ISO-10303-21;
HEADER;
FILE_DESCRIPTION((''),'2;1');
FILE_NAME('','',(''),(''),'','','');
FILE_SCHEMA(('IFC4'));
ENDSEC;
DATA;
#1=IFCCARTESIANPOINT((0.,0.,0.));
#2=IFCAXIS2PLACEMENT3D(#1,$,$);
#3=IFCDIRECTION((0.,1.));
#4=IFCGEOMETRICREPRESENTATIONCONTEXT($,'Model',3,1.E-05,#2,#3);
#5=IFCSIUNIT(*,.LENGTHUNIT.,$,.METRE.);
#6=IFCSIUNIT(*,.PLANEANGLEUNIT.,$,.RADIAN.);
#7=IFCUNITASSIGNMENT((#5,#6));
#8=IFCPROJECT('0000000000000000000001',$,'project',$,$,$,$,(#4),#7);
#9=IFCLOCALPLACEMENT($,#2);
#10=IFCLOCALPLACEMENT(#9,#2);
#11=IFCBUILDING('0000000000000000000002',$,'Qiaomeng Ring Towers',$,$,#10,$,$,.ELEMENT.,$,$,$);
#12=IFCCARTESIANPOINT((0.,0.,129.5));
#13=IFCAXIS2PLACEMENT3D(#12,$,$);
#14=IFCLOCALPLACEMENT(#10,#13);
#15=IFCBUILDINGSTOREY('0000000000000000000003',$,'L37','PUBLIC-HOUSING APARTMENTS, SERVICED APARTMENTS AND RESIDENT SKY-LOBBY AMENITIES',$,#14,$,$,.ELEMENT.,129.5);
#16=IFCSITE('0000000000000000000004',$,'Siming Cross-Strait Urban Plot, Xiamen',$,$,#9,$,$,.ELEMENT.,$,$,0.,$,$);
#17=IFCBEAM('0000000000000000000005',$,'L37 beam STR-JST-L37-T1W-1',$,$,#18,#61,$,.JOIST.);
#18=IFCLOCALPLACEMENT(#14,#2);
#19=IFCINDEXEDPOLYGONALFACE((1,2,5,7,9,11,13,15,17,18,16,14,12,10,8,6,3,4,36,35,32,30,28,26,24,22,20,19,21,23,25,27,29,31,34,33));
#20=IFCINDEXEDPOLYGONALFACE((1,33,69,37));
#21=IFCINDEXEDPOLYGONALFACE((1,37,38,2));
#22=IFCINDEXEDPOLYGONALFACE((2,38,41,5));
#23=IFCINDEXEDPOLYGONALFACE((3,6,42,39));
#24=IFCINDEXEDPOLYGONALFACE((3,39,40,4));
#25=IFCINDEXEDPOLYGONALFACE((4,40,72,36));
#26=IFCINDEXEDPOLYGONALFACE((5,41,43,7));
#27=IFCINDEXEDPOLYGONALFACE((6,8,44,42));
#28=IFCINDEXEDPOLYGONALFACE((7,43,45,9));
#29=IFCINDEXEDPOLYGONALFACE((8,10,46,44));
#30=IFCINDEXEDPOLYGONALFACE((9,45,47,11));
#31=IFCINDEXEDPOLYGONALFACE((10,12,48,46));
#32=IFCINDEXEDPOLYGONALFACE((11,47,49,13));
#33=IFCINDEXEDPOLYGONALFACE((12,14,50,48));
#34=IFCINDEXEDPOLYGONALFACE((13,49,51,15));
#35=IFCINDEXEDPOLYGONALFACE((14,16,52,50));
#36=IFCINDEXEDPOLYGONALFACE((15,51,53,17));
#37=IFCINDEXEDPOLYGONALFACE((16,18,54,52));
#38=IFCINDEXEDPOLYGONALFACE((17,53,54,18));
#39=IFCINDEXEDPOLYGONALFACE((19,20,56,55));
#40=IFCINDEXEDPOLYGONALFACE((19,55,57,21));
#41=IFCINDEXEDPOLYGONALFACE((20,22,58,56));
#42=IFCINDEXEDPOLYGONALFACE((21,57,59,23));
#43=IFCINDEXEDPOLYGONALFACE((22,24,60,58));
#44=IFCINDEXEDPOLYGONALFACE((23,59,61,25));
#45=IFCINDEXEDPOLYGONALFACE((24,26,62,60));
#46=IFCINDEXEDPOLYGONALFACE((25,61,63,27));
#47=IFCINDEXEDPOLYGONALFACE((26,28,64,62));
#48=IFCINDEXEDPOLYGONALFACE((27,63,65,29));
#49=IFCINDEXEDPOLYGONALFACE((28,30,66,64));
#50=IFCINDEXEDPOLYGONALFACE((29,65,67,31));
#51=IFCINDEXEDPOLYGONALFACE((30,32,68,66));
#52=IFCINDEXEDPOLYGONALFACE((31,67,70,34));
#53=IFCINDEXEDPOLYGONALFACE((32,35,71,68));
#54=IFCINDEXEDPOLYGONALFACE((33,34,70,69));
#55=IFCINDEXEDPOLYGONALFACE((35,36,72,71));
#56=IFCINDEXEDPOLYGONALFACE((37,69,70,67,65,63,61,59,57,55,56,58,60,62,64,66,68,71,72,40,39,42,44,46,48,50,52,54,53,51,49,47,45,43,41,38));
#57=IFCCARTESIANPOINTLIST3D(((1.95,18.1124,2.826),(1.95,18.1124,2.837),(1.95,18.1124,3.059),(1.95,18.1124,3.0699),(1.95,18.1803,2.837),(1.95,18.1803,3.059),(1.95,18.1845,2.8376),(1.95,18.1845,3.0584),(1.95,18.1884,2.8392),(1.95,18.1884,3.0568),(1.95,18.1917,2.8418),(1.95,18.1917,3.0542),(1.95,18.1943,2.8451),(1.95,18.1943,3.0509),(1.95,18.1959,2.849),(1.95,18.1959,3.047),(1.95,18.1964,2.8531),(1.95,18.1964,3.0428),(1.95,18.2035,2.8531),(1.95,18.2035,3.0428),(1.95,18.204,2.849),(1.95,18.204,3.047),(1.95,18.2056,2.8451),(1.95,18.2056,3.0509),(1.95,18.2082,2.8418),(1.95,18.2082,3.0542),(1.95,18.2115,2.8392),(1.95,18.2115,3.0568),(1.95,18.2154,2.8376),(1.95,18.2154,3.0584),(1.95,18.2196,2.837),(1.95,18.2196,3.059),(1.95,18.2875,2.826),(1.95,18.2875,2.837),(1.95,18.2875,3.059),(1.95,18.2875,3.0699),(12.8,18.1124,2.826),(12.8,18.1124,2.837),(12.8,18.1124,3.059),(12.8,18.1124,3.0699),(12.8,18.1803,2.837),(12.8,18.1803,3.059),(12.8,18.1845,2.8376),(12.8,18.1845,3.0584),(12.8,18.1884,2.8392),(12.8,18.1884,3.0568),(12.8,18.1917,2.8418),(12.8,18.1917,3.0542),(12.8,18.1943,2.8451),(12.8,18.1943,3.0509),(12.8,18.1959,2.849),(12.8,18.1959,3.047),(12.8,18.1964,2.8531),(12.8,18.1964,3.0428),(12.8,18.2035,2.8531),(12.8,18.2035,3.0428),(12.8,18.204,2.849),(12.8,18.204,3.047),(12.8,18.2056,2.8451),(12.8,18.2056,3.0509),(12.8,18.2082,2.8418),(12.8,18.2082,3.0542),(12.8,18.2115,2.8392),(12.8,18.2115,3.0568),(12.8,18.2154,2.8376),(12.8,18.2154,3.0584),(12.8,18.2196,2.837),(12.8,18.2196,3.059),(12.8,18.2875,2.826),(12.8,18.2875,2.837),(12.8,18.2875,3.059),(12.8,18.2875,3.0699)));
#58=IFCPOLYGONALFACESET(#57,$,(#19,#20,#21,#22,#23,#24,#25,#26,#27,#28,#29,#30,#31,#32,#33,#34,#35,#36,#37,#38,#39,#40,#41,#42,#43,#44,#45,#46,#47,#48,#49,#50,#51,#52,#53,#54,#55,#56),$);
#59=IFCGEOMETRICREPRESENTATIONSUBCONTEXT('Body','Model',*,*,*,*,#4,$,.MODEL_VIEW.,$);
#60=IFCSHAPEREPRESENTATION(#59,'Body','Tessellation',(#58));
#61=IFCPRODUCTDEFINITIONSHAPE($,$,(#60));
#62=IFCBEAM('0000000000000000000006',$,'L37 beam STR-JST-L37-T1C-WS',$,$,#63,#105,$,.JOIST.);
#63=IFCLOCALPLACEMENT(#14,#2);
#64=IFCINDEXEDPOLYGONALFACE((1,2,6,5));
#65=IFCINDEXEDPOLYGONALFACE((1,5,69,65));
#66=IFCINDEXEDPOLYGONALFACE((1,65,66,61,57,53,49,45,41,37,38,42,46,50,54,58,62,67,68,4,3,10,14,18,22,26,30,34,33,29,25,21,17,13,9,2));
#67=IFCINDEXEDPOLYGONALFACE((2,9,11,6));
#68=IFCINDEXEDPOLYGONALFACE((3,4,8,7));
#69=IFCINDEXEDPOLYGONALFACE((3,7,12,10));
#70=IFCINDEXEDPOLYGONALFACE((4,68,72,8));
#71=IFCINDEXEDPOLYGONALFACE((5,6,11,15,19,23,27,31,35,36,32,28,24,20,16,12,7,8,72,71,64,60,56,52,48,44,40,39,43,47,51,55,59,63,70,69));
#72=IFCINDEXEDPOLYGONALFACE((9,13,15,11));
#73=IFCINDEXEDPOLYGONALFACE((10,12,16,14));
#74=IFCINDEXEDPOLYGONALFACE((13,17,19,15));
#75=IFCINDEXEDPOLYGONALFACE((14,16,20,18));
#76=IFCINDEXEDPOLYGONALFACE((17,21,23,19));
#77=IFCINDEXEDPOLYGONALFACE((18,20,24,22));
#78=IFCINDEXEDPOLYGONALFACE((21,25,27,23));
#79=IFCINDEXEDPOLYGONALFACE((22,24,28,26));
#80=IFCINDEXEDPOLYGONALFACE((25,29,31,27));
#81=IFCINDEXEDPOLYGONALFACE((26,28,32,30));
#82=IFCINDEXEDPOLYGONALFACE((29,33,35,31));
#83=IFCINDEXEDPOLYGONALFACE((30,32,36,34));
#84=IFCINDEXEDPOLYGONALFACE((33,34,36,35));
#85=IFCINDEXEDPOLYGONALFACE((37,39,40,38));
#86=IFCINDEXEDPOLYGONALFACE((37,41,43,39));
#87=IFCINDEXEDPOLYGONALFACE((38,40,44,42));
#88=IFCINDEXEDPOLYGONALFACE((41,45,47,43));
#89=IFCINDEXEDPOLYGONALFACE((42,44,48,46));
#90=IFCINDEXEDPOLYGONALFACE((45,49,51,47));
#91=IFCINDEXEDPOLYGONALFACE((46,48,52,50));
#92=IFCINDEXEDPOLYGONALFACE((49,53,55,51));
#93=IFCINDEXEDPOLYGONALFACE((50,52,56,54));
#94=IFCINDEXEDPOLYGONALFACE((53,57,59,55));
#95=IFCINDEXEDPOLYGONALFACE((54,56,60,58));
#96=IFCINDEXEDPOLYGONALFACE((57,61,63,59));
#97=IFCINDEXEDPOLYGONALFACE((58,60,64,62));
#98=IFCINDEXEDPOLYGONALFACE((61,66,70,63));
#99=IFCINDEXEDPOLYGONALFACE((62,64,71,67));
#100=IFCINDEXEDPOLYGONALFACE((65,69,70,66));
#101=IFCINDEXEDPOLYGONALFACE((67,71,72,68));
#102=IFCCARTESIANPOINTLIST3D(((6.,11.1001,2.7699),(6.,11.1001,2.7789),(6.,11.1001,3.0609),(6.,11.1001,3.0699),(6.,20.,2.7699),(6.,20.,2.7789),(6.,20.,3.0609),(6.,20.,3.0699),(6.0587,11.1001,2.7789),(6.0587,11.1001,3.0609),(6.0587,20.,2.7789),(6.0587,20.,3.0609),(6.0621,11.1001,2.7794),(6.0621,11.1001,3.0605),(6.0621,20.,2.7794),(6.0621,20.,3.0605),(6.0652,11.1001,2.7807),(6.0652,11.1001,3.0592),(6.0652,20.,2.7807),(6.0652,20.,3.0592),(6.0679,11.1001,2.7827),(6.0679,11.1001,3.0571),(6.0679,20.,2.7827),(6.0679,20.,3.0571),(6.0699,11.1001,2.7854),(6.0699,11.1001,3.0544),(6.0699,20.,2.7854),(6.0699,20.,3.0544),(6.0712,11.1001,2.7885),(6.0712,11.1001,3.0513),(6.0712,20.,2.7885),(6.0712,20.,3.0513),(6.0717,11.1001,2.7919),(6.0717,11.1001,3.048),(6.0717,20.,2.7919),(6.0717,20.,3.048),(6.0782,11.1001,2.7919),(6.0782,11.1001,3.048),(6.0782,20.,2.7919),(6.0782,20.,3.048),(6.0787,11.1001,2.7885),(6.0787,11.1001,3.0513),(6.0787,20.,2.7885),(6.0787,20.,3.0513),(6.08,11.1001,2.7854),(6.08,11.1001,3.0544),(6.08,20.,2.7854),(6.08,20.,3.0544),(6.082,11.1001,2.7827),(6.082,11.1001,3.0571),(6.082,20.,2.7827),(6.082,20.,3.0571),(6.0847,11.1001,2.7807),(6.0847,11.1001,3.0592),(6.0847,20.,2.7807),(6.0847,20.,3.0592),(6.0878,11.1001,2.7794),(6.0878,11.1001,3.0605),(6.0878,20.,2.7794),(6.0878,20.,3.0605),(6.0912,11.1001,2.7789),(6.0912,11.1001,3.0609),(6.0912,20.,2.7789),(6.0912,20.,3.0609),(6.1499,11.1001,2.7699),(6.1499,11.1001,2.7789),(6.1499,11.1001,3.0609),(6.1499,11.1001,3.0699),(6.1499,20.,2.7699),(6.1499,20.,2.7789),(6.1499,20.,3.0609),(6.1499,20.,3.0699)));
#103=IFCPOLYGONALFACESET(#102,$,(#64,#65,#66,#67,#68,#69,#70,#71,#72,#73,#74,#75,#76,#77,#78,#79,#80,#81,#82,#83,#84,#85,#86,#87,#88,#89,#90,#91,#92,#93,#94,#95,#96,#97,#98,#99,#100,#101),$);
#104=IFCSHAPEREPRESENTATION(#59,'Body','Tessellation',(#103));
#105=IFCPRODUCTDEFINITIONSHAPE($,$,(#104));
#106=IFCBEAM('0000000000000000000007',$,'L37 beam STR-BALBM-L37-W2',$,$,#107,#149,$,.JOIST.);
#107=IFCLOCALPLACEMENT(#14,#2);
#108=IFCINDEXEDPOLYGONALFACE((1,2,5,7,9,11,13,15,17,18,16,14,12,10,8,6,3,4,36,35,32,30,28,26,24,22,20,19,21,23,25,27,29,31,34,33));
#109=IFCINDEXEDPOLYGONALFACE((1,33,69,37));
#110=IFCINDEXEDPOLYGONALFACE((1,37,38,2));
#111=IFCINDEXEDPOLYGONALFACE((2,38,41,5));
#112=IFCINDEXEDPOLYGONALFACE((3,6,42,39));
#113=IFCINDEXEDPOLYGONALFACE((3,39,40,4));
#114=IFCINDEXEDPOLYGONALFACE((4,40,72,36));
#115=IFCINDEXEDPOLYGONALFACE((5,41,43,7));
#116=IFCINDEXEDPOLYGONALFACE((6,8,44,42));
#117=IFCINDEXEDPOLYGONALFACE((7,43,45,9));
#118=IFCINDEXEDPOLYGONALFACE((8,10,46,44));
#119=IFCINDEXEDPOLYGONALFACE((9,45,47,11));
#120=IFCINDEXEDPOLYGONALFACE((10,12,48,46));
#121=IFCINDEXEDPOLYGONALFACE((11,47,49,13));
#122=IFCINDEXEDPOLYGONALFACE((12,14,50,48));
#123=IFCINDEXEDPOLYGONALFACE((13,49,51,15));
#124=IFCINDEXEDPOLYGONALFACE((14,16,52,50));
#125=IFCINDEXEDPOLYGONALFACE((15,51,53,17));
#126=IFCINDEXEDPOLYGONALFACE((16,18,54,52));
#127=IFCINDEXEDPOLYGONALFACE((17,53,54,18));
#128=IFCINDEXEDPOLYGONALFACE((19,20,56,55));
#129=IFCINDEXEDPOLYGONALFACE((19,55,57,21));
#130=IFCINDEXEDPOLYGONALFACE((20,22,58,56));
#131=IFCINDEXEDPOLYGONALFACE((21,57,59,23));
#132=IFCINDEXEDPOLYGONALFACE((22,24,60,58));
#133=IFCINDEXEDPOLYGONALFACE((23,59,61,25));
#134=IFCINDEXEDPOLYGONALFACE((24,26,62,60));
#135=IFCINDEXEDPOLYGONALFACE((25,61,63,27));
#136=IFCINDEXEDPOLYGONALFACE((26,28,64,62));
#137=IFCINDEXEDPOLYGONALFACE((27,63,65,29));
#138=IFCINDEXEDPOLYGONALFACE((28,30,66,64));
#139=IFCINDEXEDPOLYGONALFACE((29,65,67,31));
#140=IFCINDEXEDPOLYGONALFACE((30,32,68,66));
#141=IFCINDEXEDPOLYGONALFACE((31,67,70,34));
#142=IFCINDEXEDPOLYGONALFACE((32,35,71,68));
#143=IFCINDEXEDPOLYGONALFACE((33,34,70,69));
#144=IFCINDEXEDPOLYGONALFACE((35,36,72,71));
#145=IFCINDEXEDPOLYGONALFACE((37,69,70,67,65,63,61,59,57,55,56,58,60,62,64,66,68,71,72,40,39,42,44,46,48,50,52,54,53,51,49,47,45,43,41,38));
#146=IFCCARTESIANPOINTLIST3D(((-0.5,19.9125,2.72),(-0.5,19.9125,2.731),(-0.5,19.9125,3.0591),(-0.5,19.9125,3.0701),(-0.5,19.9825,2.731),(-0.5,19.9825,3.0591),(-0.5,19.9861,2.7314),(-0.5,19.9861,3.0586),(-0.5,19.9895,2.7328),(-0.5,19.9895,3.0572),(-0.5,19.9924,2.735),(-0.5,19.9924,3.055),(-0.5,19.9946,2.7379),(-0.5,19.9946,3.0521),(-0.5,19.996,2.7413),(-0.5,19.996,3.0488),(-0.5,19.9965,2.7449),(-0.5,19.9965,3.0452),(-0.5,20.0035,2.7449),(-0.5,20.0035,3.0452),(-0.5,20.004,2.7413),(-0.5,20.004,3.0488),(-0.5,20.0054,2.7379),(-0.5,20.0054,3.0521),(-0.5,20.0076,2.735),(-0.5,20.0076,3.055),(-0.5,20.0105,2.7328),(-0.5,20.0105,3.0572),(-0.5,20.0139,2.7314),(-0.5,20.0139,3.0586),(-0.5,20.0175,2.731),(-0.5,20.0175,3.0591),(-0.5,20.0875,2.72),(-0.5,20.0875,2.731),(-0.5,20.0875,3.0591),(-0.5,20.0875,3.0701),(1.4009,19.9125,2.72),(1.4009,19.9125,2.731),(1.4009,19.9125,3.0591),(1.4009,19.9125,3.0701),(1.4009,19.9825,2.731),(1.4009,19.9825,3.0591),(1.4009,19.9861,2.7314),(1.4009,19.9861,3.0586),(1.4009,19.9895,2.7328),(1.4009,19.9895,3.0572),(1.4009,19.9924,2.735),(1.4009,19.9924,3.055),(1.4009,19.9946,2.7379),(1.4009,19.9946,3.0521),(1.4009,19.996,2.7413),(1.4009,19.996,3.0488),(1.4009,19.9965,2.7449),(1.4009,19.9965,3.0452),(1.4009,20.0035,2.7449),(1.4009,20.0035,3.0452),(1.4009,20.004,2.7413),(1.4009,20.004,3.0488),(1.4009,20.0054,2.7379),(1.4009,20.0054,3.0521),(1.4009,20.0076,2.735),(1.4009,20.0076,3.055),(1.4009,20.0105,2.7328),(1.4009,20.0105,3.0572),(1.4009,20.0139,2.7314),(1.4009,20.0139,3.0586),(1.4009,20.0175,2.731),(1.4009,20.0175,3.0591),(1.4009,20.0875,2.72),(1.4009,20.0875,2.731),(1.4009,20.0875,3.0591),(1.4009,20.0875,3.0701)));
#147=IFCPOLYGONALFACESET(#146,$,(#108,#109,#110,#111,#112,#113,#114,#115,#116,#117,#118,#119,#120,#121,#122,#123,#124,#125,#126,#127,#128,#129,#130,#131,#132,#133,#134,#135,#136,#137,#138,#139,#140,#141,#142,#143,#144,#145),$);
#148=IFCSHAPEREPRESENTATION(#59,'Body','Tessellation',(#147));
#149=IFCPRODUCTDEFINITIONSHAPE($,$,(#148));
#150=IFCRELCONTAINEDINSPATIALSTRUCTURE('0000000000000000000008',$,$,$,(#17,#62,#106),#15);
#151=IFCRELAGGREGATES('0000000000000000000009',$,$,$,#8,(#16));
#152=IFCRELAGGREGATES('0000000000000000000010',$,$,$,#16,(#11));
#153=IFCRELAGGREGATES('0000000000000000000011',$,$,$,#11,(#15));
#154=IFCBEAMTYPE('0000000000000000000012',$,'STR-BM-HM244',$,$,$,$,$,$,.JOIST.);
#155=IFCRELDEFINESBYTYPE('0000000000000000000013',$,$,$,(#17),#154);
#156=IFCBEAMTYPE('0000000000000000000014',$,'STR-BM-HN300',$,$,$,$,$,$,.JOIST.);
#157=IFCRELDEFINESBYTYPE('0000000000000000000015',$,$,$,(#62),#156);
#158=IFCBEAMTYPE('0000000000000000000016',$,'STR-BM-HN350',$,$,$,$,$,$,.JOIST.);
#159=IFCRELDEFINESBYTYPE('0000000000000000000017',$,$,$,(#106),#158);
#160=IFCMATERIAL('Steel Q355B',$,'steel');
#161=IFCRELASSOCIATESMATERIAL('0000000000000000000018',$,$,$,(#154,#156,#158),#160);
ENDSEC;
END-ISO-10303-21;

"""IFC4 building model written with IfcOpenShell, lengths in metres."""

from ifc_helpers import new_model, si_unit, direction, frame, origin, origin_2d, place, context, subcontext, project, spatial, i_section, extrude, source, transform, mapped, material, material_profile, profile_set, type_object, element, save


model = new_model("IFC4")

# Units and contexts
model_context = context("Model", 3, precision=1e-05, world=origin(), true_north=direction((0.0, 1.0)))
body_context = subcontext(model_context, "Body", "Model", "MODEL_VIEW")
ifc_project = project(units=[si_unit("LENGTHUNIT", "METRE"), si_unit("PLANEANGLEUNIT", "RADIAN")], contexts=[model_context])

# Site, building, storey
site_placement = place(None, origin())
site = spatial("IfcSite", under=ifc_project, at=site_placement, Name="Siming Cross-Strait Urban Plot, Xiamen", CompositionType="ELEMENT", RefElevation=0.0)
building_placement = place(site_placement, origin())
building = spatial("IfcBuilding", under=site, at=building_placement, Name="Qiaomeng Ring Towers", CompositionType="ELEMENT")
storey_placement = place(building_placement, frame((0.0, 0.0, 129.5)))
storey = spatial("IfcBuildingStorey", under=building, at=storey_placement, Name="L37", Description="PUBLIC-HOUSING APARTMENTS, SERVICED APARTMENTS AND RESIDENT SKY-LOBBY AMENITIES", CompositionType="ELEMENT", Elevation=129.5)

# Beams
ifc_material_1 = material(Name="Steel Q355B", Category="steel")
ifc_material_profile_1 = material_profile(ifc_material_1, i_section(OverallWidth=0.175, OverallDepth=0.2439, WebThickness=0.0071, FlangeThickness=0.011, FilletRadius=0.0161, at=origin_2d()), Name="HM 244x175x7x11")
ifc_profile_set_1 = profile_set([ifc_material_profile_1], Name="Steel Q355B")
beam_type_1 = type_object("IfcBeamType", Name="STR-BM-HM244", PredefinedType="JOIST", material=ifc_profile_set_1)
shared_shape_1 = source(origin(), body_context, "Body", "SweptSolid", [
    extrude(i_section(OverallWidth=0.175, OverallDepth=0.2439, WebThickness=0.0071, FlangeThickness=0.011, FilletRadius=0.0161, at=origin_2d()), origin(), (0.0, 0.0, 1.0), 10.8501),
])
beam_1_placement = place(storey_placement, frame((1.95, 18.2, 2.948), z_axis=(1.0, 0.0, 0.0), x_axis=(0.0, 1.0, 0.0)))
element("IfcBeam", 1, at=beam_1_placement, inside=storey, type_object=beam_type_1, Name="L37 beam STR-JST-L37-T1W-1", PredefinedType="JOIST", context=body_context, shape_type="MappedRepresentation", body=[
    mapped(shared_shape_1, transform((0.0, 0.0, 0.0), x_axis=(1.0, 0.0, 0.0), y_axis=(0.0, 1.0, 0.0), z_axis=(0.0, 0.0, 1.0), scale=1.0)),
])
ifc_material_profile_2 = material_profile(ifc_material_1, i_section(OverallWidth=0.1499, OverallDepth=0.3, WebThickness=0.0066, FlangeThickness=0.009, FilletRadius=0.0129, at=origin_2d()), Name="HN 300x150x6.5x9")
ifc_profile_set_2 = profile_set([ifc_material_profile_2], Name="Steel Q355B")
beam_type_2 = type_object("IfcBeamType", Name="STR-BM-HN300", PredefinedType="JOIST", material=ifc_profile_set_2)
shared_shape_2 = source(origin(), body_context, "Body", "SweptSolid", [
    extrude(i_section(OverallWidth=0.1499, OverallDepth=0.3, WebThickness=0.0066, FlangeThickness=0.009, FilletRadius=0.0129, at=origin_2d()), origin(), (0.0, 0.0, 1.0), 8.8999),
])
beam_2_placement = place(storey_placement, frame((6.075, 11.1001, 2.9199), z_axis=(0.0, 1.0, 0.0), x_axis=(-1.0, 0.0, 0.0)))
element("IfcBeam", 2, at=beam_2_placement, inside=storey, type_object=beam_type_2, Name="L37 beam STR-JST-L37-T1C-WS", PredefinedType="JOIST", context=body_context, shape_type="MappedRepresentation", body=[
    mapped(shared_shape_2, transform((0.0, 0.0, 0.0), x_axis=(1.0, 0.0, 0.0), y_axis=(0.0, 1.0, 0.0), z_axis=(0.0, 0.0, 1.0), scale=1.0)),
])
ifc_material_profile_3 = material_profile(ifc_material_1, i_section(OverallWidth=0.175, OverallDepth=0.3501, WebThickness=0.0071, FlangeThickness=0.011, FilletRadius=0.0139, at=origin_2d()), Name="HN 350x175x7x11")
ifc_profile_set_3 = profile_set([ifc_material_profile_3], Name="Steel Q355B")
beam_type_3 = type_object("IfcBeamType", Name="STR-BM-HN350", PredefinedType="JOIST", material=ifc_profile_set_3)
shared_shape_3 = source(origin(), body_context, "Body", "SweptSolid", [
    extrude(i_section(OverallWidth=0.175, OverallDepth=0.3501, WebThickness=0.0071, FlangeThickness=0.011, FilletRadius=0.0139, at=origin_2d()), origin(), (0.0, 0.0, 1.0), 1.9009),
])
beam_3_placement = place(storey_placement, frame((-0.5, 20.0, 2.895), z_axis=(1.0, 0.0, 0.0), x_axis=(0.0, 1.0, 0.0)))
element("IfcBeam", 3, at=beam_3_placement, inside=storey, type_object=beam_type_3, Name="L37 beam STR-BALBM-L37-W2", PredefinedType="JOIST", context=body_context, shape_type="MappedRepresentation", body=[
    mapped(shared_shape_3, transform((0.0, 0.0, 0.0), x_axis=(1.0, 0.0, 0.0), y_axis=(0.0, 1.0, 0.0), z_axis=(0.0, 0.0, 1.0), scale=1.0)),
])

save(model, "model.ifc")
